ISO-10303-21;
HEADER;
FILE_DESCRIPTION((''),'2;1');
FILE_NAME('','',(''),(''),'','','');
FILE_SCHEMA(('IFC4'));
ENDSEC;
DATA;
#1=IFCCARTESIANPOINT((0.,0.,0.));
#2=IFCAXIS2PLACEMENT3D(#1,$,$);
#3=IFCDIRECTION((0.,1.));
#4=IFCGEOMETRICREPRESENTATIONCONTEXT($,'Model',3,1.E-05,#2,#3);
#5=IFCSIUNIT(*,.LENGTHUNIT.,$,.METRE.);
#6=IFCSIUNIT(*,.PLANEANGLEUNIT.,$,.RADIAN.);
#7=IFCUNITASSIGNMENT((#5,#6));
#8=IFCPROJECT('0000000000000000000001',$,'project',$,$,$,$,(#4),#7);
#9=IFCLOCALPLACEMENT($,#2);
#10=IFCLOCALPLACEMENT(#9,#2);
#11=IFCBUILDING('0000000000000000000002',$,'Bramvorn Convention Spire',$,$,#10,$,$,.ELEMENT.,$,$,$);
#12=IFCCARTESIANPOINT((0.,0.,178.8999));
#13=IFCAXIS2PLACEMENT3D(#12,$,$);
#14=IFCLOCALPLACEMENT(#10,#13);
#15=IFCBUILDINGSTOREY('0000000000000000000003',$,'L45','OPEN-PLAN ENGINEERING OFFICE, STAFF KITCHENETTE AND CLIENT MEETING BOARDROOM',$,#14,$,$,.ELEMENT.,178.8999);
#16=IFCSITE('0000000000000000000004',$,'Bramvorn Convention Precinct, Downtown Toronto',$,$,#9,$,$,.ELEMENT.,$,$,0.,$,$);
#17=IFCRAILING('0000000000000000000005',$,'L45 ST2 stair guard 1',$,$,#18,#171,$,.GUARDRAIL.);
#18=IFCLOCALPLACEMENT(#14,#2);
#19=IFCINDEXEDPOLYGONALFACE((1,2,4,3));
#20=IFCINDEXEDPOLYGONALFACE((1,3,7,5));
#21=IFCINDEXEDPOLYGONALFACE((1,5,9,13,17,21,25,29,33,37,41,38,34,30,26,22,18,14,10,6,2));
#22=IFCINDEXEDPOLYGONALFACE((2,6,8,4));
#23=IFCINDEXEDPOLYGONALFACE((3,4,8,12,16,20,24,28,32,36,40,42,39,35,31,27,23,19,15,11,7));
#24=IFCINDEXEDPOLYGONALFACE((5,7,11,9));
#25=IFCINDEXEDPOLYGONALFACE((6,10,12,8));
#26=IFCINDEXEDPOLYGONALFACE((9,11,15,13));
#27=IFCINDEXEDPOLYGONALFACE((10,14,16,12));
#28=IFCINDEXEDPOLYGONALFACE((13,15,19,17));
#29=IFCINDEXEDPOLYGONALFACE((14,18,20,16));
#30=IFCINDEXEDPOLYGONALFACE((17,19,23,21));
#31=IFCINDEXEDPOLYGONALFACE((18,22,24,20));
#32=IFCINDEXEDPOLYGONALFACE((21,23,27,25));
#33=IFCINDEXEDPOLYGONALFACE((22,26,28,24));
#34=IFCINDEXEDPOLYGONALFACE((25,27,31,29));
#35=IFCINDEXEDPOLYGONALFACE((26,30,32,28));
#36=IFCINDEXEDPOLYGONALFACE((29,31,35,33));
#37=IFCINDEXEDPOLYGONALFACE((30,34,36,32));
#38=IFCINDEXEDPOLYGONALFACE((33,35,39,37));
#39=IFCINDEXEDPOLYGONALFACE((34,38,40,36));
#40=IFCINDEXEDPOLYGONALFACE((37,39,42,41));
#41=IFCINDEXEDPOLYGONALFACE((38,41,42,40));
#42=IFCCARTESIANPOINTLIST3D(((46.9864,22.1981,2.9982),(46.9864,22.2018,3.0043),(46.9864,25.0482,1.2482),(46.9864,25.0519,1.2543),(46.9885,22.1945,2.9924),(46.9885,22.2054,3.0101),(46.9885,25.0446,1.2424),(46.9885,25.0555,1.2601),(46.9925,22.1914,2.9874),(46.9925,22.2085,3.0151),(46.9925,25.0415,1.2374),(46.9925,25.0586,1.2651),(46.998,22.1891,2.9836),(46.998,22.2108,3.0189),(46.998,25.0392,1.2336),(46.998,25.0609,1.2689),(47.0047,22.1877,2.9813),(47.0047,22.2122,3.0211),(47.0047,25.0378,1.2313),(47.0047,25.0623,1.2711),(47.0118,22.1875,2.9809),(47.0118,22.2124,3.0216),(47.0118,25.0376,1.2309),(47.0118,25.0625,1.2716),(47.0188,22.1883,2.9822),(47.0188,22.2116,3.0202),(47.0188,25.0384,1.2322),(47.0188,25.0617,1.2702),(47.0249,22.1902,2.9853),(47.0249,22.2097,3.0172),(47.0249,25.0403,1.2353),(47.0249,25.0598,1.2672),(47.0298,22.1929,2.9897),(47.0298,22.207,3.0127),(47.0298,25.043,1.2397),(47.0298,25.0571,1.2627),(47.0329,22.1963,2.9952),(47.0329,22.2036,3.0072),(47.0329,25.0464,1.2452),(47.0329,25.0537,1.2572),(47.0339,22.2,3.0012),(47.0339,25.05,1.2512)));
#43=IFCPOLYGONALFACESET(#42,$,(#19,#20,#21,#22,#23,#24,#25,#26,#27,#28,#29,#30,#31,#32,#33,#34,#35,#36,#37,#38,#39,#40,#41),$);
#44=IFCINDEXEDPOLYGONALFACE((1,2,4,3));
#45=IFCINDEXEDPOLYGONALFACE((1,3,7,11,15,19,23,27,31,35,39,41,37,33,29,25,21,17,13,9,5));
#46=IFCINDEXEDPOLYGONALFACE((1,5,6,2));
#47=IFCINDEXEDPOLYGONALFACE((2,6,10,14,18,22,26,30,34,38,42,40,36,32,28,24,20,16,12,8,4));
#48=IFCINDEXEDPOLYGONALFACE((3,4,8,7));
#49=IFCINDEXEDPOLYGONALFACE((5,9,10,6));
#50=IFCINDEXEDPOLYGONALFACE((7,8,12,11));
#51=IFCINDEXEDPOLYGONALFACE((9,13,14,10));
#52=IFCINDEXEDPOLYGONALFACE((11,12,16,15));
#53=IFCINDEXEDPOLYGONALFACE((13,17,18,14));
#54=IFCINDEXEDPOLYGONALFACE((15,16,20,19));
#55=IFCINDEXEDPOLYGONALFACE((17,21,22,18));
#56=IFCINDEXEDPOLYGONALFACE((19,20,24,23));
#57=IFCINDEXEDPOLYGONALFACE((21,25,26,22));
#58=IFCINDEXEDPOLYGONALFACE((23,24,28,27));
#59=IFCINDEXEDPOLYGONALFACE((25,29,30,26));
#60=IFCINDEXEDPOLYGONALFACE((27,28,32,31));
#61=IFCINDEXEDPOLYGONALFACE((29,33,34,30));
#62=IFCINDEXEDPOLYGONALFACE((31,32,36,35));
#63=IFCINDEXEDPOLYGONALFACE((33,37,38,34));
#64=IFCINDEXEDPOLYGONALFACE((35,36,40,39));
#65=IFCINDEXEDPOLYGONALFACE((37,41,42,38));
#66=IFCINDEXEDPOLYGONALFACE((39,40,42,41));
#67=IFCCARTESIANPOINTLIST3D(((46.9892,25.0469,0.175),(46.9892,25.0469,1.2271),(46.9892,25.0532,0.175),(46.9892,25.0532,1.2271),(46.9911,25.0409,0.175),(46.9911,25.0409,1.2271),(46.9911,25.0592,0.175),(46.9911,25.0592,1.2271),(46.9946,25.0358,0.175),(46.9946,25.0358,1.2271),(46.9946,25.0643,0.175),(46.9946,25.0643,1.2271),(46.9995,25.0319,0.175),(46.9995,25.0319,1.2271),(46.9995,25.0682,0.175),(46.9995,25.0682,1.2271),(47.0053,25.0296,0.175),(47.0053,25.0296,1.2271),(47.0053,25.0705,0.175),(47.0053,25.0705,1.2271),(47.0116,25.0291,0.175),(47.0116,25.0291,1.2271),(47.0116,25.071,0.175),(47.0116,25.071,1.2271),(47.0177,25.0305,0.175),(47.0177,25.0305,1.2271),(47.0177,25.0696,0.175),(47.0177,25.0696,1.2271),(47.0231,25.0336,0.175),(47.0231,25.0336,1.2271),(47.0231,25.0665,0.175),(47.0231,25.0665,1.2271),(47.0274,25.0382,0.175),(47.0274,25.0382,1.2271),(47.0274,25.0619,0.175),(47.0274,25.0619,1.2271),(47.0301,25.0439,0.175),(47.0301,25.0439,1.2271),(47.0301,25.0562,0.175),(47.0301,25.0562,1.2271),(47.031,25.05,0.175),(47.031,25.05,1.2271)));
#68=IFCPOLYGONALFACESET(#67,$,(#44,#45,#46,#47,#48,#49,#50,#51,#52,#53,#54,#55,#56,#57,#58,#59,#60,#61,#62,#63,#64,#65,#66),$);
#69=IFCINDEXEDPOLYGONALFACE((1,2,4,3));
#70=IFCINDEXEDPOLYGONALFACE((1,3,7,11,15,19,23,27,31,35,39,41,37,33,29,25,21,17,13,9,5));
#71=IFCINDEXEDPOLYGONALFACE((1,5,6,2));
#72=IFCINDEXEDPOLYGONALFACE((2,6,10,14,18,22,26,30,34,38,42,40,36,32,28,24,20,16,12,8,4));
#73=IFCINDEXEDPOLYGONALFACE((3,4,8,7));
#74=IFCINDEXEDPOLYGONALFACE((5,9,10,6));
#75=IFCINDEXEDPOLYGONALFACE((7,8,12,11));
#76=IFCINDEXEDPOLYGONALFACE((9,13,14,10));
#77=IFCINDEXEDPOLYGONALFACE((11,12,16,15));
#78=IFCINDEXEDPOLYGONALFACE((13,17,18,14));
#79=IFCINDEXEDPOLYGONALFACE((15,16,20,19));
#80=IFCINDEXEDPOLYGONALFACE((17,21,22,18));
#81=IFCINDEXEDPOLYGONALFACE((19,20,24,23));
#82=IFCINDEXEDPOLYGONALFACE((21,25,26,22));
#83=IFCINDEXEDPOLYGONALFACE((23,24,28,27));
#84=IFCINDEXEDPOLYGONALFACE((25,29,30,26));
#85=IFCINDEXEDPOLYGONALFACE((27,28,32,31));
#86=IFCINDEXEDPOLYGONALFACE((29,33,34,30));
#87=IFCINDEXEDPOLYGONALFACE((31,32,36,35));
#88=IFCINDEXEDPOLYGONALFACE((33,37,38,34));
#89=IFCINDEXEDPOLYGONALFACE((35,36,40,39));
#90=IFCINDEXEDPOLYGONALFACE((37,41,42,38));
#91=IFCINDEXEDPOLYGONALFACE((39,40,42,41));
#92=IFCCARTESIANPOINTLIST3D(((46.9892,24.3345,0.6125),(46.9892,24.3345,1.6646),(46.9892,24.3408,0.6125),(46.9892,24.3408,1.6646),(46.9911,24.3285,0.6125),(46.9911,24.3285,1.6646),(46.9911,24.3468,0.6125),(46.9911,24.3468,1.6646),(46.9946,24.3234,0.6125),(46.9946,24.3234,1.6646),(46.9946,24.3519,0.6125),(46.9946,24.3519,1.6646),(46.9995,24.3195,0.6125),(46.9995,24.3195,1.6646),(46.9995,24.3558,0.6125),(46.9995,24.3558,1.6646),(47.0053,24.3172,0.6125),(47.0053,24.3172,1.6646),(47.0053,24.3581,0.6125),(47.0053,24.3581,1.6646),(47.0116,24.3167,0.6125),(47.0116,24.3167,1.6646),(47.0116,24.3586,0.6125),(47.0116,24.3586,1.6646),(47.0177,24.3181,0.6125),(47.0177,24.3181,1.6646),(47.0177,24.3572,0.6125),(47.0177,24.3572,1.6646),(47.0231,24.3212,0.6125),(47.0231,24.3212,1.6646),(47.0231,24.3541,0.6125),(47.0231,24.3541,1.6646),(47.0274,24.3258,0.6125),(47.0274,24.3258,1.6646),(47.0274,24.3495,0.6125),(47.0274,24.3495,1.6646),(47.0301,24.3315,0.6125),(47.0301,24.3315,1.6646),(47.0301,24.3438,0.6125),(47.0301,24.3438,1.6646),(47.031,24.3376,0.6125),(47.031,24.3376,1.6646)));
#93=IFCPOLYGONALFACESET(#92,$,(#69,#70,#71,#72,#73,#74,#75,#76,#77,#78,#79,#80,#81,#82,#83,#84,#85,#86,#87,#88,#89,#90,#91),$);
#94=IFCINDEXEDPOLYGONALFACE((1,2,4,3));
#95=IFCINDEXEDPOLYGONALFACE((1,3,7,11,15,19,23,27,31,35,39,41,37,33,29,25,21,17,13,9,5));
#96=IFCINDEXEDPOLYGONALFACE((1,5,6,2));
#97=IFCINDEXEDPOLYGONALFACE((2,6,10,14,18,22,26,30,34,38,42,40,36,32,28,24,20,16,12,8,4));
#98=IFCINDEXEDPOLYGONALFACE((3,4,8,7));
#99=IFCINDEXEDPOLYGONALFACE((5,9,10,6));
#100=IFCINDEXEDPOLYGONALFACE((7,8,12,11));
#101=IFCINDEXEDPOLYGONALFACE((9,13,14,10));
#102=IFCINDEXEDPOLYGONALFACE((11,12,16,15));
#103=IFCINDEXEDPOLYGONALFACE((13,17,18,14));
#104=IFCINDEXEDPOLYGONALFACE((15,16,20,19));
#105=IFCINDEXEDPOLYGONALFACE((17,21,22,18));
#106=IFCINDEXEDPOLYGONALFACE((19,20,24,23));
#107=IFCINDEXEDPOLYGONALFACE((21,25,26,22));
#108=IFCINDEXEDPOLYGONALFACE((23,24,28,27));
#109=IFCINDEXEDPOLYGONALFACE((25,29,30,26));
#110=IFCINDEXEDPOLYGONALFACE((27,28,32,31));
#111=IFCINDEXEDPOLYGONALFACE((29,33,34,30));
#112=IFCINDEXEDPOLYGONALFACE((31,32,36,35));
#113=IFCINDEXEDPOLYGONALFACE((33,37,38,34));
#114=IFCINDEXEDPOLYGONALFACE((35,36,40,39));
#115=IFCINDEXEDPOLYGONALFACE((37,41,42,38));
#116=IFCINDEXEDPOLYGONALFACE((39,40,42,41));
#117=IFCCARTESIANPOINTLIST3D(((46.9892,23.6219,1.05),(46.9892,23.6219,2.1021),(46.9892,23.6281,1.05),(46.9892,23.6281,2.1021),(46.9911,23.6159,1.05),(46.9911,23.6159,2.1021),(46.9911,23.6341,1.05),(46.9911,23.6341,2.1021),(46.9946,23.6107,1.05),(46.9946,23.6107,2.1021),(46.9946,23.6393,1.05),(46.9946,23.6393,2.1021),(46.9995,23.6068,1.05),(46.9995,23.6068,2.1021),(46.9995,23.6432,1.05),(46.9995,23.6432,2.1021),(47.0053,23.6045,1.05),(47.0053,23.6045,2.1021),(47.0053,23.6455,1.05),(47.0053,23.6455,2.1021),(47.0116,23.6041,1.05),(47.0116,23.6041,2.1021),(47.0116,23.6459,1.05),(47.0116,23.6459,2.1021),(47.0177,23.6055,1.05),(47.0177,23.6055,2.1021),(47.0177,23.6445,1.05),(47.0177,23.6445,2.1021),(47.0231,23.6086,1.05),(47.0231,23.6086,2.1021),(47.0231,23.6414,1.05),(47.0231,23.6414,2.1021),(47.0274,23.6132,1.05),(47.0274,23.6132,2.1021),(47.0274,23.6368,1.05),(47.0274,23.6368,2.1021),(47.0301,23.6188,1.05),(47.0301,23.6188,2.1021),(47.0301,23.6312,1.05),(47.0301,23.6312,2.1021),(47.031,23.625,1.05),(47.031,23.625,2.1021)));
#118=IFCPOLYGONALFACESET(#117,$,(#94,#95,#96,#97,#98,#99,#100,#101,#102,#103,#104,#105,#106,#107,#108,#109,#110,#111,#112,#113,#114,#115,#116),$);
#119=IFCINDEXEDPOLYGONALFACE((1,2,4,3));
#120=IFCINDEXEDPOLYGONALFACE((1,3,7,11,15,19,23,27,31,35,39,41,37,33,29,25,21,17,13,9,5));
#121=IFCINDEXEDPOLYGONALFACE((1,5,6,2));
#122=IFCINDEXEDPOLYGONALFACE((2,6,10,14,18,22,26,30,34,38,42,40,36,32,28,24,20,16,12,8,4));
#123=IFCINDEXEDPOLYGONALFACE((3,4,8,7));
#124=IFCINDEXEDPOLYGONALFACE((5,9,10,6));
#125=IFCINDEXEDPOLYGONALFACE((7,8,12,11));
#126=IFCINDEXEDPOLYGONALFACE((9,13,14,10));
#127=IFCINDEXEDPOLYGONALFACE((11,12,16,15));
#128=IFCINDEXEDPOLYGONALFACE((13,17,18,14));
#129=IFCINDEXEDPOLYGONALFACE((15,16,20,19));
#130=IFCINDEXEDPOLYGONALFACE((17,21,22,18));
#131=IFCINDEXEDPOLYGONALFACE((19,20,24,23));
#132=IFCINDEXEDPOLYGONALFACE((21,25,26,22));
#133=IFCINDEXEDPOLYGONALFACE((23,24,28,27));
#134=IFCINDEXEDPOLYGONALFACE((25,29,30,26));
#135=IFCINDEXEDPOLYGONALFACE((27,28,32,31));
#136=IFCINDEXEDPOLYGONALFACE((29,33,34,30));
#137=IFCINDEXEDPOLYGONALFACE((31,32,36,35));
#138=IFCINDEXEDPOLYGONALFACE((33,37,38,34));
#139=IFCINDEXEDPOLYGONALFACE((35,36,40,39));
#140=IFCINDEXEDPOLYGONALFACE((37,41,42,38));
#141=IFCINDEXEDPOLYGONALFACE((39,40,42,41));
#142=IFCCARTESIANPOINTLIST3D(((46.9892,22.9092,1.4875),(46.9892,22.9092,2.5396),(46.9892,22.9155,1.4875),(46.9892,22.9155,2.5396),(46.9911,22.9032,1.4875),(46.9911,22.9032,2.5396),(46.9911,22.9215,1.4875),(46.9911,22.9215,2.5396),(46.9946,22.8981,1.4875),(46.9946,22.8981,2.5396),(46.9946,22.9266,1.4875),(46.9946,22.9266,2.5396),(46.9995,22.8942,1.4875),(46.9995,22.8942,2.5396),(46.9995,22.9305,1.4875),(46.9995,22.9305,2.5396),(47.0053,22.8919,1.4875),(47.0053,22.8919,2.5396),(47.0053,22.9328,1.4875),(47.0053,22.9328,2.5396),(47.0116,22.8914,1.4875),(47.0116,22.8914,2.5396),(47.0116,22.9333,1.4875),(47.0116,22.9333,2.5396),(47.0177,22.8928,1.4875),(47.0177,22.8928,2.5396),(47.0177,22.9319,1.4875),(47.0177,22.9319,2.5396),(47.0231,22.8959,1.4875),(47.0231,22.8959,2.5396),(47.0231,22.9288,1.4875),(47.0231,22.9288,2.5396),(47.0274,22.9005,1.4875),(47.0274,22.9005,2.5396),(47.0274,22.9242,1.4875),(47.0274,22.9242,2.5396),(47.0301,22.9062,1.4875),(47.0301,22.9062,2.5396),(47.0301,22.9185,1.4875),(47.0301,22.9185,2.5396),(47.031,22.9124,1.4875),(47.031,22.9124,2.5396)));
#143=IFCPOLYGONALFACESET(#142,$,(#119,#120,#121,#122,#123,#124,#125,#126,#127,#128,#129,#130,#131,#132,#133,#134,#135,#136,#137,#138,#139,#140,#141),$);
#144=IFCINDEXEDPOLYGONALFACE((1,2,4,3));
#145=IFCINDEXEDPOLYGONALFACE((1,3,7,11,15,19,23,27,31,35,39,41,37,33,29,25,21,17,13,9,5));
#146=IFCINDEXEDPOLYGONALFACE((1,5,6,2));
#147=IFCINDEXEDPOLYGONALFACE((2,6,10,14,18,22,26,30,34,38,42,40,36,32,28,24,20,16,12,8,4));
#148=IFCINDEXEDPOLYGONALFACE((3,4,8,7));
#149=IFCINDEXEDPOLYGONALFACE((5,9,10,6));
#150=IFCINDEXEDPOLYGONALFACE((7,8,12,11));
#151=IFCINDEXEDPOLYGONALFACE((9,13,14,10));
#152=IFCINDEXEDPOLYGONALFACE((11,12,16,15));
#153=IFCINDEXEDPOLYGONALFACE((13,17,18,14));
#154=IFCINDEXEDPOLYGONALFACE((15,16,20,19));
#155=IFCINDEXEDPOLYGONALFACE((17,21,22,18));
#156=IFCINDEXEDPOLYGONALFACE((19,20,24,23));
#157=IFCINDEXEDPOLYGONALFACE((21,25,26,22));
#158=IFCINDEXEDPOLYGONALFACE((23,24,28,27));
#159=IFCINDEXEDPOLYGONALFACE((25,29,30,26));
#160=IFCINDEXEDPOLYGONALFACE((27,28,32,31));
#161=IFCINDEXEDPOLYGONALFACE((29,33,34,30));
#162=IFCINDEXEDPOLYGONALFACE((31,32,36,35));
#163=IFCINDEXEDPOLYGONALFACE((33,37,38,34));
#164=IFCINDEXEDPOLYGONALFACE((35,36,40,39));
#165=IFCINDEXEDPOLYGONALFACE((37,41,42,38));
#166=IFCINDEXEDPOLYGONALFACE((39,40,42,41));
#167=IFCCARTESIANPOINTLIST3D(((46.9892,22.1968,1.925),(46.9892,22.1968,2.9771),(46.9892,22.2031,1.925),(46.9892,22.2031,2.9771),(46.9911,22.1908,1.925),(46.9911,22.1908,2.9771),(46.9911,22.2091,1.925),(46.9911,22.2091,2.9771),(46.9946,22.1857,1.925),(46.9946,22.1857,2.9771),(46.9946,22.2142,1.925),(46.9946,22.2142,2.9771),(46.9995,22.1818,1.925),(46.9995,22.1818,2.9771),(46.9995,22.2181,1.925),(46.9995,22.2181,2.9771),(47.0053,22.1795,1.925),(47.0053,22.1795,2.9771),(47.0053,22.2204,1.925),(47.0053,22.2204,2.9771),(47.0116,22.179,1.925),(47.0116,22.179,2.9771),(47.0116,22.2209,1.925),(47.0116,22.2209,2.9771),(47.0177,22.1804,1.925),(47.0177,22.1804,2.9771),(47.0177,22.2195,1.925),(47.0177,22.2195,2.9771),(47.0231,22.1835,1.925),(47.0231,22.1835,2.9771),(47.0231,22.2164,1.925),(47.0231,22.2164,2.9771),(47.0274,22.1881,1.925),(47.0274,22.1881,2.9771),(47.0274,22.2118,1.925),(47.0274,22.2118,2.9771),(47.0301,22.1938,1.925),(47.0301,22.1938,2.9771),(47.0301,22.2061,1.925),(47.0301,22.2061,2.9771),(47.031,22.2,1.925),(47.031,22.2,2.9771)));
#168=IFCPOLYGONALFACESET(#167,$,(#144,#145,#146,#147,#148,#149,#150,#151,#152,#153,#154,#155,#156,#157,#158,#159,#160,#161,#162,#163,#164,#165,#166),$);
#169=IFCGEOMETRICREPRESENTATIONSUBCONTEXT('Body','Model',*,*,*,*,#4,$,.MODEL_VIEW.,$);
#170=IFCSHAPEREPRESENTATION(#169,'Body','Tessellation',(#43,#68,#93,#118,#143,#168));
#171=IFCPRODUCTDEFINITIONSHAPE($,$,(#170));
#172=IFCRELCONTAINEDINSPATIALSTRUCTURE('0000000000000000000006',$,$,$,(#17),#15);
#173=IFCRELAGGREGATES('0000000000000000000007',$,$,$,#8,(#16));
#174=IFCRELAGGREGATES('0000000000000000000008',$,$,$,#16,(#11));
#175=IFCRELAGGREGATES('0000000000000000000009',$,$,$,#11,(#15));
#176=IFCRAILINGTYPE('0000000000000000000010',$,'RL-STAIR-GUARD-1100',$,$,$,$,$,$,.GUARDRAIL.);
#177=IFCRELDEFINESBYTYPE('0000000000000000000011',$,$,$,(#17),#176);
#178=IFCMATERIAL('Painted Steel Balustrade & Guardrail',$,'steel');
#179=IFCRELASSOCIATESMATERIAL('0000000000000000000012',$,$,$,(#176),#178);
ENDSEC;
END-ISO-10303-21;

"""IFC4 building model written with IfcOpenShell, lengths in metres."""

from ifc_helpers import new_model, si_unit, direction, frame, origin, origin_2d, place, context, subcontext, project, spatial, circle, extrude, material, type_object, element, save


model = new_model("IFC4")

# Units and contexts
model_context = context("Model", 3, precision=1e-05, world=origin(), true_north=direction((0.0, 1.0)))
body_context = subcontext(model_context, "Body", "Model", "MODEL_VIEW")
ifc_project = project(units=[si_unit("LENGTHUNIT", "METRE"), si_unit("PLANEANGLEUNIT", "RADIAN")], contexts=[model_context])

# Site, building, storey
site_placement = place(None, origin())
site = spatial("IfcSite", under=ifc_project, at=site_placement, Name="Bramvorn Convention Precinct, Downtown Toronto", CompositionType="ELEMENT", RefElevation=0.0)
building_placement = place(site_placement, origin())
building = spatial("IfcBuilding", under=site, at=building_placement, Name="Bramvorn Convention Spire", CompositionType="ELEMENT")
storey_placement = place(building_placement, frame((0.0, 0.0, 178.8999)))
storey = spatial("IfcBuildingStorey", under=building, at=storey_placement, Name="L45", Description="OPEN-PLAN ENGINEERING OFFICE, STAFF KITCHENETTE AND CLIENT MEETING BOARDROOM", CompositionType="ELEMENT", Elevation=178.8999)

# Railing
ifc_material_1 = material(Name="Painted Steel Balustrade & Guardrail", Category="steel")
railing_type_1 = type_object("IfcRailingType", Name="RL-STAIR-GUARD-1100", PredefinedType="GUARDRAIL", material=ifc_material_1)
railing_1_placement = place(storey_placement, frame((47.01, 25.05, 0.175)))
element("IfcRailing", 1, at=railing_1_placement, inside=storey, type_object=railing_type_1, Name="L45 ST2 stair guard 1", PredefinedType="GUARDRAIL", context=body_context, shape_type="SweptSolid", body=[
    extrude(circle(Radius=0.0239, at=origin_2d()), frame((0.0, 0.0, 1.0762), z_axis=(0.0, -0.852179, 0.52325), x_axis=(1.0, 0.0, 0.0)), (0.0, 0.0, 1.0), 3.3445),
    extrude(circle(Radius=0.021, at=origin_2d()), origin(), (0.0, 0.0, 1.0), 1.052),
    extrude(circle(Radius=0.021, at=origin_2d()), frame((0.0, -0.7124, 0.4375)), (0.0, 0.0, 1.0), 1.052),
    extrude(circle(Radius=0.021, at=origin_2d()), frame((0.0, -1.425, 0.875)), (0.0, 0.0, 1.0), 1.052),
    extrude(circle(Radius=0.021, at=origin_2d()), frame((0.0, -2.1377, 1.3125)), (0.0, 0.0, 1.0), 1.052),
    extrude(circle(Radius=0.021, at=origin_2d()), frame((0.0, -2.8501, 1.75)), (0.0, 0.0, 1.0), 1.052),
])

save(model, "model.ifc")
